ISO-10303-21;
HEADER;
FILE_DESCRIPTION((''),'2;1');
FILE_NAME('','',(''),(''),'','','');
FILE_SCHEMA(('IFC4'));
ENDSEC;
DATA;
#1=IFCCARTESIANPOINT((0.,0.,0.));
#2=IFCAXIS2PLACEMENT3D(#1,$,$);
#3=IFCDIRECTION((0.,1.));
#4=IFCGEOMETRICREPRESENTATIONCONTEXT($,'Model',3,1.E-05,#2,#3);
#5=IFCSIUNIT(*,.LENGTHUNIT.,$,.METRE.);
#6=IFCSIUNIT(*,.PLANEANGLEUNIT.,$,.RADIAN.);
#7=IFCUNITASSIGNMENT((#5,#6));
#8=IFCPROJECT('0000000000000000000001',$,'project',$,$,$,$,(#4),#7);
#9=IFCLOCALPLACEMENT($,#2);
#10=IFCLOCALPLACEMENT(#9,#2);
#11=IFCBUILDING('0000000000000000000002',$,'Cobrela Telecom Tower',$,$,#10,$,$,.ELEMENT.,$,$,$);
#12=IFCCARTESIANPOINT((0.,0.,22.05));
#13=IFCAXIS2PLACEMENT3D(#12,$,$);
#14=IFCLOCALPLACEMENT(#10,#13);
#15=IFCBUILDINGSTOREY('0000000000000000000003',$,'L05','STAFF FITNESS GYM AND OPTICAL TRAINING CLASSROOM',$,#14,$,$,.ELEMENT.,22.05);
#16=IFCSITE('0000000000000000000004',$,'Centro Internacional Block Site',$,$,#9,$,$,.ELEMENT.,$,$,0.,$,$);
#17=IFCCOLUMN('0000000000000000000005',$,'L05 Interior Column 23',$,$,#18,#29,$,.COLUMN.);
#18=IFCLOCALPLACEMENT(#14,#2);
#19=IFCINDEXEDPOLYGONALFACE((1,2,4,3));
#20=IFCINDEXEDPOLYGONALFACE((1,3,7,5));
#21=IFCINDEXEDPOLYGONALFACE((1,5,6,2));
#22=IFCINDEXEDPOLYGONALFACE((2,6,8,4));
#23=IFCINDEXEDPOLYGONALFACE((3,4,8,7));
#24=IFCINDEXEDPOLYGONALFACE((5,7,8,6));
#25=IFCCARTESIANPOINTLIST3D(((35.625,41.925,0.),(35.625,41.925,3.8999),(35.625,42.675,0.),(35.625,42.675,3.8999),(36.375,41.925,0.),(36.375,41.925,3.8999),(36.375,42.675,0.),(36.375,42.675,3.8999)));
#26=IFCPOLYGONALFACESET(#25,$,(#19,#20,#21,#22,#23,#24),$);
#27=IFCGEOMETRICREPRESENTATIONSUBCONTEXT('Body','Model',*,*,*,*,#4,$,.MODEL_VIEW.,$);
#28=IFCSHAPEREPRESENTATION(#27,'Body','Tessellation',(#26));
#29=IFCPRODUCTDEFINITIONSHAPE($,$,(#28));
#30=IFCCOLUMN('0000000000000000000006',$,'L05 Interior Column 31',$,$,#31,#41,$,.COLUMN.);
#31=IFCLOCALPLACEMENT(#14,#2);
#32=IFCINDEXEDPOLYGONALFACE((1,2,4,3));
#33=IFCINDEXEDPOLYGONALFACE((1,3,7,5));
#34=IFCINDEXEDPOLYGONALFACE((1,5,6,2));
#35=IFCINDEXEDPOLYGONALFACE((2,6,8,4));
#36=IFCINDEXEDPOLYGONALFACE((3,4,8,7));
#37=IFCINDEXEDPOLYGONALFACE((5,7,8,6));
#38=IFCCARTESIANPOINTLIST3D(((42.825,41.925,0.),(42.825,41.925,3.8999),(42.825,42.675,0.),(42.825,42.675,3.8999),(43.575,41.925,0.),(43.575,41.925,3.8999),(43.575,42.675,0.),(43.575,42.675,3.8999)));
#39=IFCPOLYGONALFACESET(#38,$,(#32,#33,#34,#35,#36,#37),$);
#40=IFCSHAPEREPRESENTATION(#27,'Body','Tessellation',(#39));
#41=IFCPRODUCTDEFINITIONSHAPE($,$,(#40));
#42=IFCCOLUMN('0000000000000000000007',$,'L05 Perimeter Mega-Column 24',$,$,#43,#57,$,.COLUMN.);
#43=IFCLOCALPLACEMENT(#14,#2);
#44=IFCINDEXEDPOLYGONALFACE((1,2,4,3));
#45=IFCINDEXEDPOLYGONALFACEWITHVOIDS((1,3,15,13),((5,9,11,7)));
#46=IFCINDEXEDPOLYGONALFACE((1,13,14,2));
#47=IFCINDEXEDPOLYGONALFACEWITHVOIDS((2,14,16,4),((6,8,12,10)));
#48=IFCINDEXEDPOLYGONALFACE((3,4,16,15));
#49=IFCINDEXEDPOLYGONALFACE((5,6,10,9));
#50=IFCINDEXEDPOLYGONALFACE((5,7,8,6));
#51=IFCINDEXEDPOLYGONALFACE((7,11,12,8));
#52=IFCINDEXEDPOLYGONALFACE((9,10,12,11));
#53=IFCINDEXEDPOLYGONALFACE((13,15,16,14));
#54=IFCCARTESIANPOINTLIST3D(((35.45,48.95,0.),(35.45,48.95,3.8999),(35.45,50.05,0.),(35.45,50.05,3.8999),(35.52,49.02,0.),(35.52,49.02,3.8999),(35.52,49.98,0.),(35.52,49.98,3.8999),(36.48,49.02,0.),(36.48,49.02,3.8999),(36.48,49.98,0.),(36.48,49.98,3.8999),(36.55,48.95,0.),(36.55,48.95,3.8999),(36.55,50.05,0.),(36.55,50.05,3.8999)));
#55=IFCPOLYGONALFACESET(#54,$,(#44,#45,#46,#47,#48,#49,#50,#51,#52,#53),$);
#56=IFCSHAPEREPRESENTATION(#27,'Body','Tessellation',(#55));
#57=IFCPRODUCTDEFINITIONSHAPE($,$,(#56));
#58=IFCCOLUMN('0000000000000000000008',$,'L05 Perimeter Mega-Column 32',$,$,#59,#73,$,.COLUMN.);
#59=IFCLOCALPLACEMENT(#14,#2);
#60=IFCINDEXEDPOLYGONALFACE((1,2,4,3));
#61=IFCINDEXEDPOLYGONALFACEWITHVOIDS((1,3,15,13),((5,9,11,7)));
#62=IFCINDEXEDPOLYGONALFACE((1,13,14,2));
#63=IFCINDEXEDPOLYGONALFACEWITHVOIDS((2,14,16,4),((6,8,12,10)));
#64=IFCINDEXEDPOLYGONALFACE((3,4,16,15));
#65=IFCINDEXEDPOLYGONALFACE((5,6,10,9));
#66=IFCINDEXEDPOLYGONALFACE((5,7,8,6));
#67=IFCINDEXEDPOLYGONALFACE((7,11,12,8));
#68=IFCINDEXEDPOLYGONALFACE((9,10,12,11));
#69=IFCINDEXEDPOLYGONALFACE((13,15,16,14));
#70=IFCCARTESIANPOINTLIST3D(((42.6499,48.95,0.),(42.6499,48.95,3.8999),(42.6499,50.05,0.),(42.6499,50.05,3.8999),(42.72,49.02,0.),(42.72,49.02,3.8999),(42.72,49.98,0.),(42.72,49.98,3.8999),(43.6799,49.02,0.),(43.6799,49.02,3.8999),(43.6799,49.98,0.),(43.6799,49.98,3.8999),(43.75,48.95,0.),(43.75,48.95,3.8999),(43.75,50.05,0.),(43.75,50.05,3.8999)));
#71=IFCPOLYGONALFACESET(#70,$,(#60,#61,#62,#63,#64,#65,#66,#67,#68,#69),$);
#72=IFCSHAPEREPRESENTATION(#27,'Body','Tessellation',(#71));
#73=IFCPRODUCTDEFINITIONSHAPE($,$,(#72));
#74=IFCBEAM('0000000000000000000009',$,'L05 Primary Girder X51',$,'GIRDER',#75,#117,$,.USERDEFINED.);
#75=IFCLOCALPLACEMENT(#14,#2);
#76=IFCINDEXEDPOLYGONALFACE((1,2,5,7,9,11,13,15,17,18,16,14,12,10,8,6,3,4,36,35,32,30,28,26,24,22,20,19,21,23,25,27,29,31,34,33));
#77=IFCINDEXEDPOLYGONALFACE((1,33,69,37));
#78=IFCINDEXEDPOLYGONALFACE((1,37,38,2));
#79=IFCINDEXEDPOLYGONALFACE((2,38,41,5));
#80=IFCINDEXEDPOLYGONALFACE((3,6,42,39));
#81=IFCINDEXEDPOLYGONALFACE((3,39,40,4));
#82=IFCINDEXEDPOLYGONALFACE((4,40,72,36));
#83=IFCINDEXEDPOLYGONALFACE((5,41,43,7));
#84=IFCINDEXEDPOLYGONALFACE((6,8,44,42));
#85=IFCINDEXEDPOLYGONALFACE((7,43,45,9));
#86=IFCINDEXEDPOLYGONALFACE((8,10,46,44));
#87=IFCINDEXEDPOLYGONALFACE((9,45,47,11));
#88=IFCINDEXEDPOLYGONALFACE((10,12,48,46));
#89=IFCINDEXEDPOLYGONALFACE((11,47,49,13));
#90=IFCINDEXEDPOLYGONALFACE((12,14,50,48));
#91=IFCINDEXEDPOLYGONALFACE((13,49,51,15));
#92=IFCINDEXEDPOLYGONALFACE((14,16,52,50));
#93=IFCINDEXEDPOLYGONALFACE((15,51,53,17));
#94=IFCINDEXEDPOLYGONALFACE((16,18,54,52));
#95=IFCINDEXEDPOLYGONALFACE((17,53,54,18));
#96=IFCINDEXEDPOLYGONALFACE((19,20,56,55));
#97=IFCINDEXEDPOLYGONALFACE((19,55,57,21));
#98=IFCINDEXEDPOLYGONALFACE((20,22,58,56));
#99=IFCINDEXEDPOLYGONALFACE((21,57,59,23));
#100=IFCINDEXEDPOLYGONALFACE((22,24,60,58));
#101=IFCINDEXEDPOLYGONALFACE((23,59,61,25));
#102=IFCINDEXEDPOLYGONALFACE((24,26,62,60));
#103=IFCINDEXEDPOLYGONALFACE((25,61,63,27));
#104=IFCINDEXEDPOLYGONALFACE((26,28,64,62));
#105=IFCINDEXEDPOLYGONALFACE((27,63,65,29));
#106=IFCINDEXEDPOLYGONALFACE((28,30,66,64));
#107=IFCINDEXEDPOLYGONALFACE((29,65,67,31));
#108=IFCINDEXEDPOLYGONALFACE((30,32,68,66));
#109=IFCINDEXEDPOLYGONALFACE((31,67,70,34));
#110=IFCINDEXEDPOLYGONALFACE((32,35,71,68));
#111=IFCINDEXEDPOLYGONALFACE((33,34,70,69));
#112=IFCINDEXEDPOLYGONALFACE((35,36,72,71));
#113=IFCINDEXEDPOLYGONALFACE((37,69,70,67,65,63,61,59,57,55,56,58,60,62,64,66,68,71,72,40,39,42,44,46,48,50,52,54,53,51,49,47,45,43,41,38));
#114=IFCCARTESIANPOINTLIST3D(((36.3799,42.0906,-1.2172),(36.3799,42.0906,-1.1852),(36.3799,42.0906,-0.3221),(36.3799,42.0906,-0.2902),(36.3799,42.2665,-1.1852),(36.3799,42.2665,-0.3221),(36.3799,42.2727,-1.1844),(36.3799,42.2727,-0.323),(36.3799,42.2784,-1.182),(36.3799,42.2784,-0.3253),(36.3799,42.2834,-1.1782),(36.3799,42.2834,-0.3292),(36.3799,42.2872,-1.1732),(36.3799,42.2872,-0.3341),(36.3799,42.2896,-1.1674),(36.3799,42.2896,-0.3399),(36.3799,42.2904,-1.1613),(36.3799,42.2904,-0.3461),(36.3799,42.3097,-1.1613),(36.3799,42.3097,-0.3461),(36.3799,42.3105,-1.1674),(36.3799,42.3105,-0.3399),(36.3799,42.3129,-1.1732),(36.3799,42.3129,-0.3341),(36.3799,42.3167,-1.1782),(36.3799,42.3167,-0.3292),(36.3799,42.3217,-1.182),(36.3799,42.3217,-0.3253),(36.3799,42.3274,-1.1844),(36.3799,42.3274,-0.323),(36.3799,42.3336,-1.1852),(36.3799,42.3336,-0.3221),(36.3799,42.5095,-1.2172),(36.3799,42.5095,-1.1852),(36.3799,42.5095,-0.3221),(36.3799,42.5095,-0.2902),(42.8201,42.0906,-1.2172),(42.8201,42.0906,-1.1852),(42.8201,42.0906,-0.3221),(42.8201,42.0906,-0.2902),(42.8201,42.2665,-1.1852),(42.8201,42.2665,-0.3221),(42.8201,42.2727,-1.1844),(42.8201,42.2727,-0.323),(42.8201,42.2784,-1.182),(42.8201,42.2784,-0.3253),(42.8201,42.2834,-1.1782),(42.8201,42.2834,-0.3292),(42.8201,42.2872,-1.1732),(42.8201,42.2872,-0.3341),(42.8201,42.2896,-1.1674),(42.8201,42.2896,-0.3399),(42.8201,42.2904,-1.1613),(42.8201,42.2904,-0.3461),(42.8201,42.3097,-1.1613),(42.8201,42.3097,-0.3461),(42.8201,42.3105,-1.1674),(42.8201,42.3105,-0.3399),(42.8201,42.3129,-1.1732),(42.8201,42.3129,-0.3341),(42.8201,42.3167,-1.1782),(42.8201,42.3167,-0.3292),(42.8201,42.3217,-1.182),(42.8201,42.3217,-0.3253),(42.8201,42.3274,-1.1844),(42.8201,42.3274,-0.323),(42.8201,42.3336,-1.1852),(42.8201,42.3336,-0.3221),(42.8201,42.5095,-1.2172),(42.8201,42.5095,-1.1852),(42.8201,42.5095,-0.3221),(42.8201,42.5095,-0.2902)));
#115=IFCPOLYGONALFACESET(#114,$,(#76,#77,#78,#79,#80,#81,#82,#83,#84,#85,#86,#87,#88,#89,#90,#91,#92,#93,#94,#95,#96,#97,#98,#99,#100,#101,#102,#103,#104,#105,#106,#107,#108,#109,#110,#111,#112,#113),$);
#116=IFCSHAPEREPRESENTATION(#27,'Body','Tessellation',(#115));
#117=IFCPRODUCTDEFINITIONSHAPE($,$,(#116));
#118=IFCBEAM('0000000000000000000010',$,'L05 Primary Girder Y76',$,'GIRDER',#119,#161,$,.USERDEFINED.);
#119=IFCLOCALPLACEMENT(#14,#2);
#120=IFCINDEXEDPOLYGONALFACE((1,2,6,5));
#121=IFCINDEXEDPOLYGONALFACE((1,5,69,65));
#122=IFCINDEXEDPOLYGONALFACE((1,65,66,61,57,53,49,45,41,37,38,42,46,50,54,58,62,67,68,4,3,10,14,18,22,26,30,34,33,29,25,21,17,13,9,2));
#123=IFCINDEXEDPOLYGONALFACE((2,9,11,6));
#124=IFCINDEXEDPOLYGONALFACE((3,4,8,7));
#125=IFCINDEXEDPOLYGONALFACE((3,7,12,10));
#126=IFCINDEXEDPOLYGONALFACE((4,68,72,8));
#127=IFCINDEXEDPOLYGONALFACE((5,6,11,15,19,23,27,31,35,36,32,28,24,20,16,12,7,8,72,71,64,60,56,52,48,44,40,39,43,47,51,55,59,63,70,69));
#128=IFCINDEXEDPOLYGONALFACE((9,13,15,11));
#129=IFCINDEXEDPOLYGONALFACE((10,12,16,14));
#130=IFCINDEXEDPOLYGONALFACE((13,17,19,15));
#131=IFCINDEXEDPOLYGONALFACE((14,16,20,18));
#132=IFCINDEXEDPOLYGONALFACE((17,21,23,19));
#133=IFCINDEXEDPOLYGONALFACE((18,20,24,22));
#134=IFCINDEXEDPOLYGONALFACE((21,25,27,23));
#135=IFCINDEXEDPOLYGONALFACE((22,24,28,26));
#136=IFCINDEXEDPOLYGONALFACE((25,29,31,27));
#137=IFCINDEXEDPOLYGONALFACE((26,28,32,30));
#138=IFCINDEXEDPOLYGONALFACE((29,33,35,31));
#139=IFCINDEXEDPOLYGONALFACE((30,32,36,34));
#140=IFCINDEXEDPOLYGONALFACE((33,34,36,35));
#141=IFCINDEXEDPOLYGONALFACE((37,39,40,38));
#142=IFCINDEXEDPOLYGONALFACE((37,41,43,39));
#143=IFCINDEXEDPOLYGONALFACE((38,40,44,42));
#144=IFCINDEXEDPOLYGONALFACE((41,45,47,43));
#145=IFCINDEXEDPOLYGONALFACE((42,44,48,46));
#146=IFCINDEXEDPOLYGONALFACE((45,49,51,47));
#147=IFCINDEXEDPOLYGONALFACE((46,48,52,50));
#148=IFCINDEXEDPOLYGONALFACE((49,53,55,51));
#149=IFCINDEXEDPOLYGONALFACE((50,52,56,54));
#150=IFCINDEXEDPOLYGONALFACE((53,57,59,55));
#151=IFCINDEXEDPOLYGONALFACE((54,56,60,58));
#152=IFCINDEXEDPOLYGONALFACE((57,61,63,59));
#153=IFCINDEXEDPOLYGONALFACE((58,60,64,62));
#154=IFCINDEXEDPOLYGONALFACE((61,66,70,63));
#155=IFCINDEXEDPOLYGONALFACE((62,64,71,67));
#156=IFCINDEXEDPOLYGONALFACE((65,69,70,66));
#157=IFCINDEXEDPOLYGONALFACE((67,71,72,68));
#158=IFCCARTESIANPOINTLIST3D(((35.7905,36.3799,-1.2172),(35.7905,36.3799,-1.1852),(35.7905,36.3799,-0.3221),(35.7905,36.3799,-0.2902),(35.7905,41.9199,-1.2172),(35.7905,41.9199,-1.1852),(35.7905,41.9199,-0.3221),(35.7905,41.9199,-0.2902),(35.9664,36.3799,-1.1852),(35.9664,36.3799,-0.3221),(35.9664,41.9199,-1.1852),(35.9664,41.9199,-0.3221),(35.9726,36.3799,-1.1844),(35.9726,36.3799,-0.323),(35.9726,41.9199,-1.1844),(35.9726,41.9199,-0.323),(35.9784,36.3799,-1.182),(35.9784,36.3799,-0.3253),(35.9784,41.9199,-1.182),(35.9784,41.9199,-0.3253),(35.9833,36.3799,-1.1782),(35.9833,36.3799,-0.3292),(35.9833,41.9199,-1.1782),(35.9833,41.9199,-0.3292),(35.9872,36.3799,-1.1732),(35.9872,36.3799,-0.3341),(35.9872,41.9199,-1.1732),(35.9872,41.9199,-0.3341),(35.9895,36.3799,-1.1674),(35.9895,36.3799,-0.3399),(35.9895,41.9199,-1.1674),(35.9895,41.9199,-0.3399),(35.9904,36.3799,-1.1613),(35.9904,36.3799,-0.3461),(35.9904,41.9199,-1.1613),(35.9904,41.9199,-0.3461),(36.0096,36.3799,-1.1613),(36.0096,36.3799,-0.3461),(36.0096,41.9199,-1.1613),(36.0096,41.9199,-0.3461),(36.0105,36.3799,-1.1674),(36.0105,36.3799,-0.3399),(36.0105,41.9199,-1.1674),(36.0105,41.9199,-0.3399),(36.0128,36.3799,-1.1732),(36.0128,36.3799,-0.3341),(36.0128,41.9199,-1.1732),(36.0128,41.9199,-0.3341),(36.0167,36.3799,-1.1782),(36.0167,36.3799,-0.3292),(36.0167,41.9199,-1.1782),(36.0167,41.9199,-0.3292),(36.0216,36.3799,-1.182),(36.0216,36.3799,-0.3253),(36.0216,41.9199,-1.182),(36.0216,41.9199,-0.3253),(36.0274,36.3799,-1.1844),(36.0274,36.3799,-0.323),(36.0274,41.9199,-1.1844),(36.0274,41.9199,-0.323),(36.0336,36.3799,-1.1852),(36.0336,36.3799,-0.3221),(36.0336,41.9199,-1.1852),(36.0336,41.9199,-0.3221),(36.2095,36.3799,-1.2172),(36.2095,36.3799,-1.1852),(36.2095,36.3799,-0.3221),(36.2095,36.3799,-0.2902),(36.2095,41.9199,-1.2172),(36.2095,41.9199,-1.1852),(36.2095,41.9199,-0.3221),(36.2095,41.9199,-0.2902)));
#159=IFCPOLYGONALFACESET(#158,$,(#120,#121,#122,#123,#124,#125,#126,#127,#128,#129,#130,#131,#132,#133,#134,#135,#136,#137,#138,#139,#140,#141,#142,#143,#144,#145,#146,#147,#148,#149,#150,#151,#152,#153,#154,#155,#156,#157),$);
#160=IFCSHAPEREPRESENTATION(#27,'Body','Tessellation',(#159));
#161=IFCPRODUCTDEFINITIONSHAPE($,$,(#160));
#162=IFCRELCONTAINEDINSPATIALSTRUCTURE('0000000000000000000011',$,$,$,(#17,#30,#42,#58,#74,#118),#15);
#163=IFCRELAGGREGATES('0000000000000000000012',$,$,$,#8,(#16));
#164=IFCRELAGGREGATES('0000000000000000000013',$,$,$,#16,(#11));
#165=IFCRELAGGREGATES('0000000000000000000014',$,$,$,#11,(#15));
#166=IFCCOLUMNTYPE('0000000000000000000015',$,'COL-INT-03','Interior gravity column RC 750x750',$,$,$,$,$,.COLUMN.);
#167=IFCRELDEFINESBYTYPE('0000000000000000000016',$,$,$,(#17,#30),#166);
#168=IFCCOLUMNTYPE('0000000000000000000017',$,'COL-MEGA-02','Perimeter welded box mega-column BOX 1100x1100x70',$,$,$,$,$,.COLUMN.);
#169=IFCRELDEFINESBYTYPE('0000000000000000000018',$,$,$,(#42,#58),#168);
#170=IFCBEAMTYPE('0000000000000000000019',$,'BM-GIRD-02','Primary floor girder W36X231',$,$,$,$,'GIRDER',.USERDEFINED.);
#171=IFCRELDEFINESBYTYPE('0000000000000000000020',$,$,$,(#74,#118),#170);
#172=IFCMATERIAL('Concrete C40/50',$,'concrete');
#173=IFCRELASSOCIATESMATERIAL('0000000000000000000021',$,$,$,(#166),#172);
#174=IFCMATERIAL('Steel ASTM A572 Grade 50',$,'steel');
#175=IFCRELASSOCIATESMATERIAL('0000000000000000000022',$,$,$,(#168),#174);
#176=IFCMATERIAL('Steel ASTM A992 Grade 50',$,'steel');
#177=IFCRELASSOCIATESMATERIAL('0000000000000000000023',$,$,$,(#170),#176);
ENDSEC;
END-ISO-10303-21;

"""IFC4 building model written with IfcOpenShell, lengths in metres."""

from ifc_helpers import new_model, si_unit, direction, frame, origin, origin_2d, place, context, subcontext, project, spatial, rectangle, hollow_rectangle, i_section, extrude, material, material_profile, profile_set, type_object, element, save


model = new_model("IFC4")

# Units and contexts
model_context = context("Model", 3, precision=1e-05, world=origin(), true_north=direction((0.0, 1.0)))
body_context = subcontext(model_context, "Body", "Model", "MODEL_VIEW")
ifc_project = project(units=[si_unit("LENGTHUNIT", "METRE"), si_unit("PLANEANGLEUNIT", "RADIAN")], contexts=[model_context])

# Site, building, storey
site_placement = place(None, origin())
site = spatial("IfcSite", under=ifc_project, at=site_placement, Name="Centro Internacional Block Site", CompositionType="ELEMENT", RefElevation=0.0)
building_placement = place(site_placement, origin())
building = spatial("IfcBuilding", under=site, at=building_placement, Name="Cobrela Telecom Tower", CompositionType="ELEMENT")
storey_placement = place(building_placement, frame((0.0, 0.0, 22.05)))
storey = spatial("IfcBuildingStorey", under=building, at=storey_placement, Name="L05", Description="STAFF FITNESS GYM AND OPTICAL TRAINING CLASSROOM", CompositionType="ELEMENT", Elevation=22.05)

# Columns
ifc_material_1 = material(Name="Concrete C40/50", Category="concrete")
ifc_material_profile_1 = material_profile(ifc_material_1, rectangle(XDim=0.75, YDim=0.75, at=origin_2d()), Name="RC 750x750")
ifc_profile_set_1 = profile_set([ifc_material_profile_1], Name="Concrete C40/50")
column_type_1 = type_object("IfcColumnType", Name="COL-INT-03", Description="Interior gravity column RC 750x750", PredefinedType="COLUMN", material=ifc_profile_set_1)
for number, where, z_axis, x_axis, name in (
    (1, (36.0, 42.3, 0.0), (0.0, 0.0, 1.0), (1.0, 0.0, 0.0), "L05 Interior Column 23"),
    (2, (43.2, 42.3, 0.0), (0.0, 0.0, 1.0), (1.0, 0.0, 0.0), "L05 Interior Column 31"),
):
    element("IfcColumn", number, at=place(storey_placement, frame(where, z_axis=z_axis, x_axis=x_axis)), inside=storey, type_object=column_type_1, Name=name, PredefinedType="COLUMN", context=body_context, shape_type="SweptSolid", body=[
        extrude(rectangle(XDim=0.75, YDim=0.75, at=origin_2d()), origin(), (0.0, 0.0, 1.0), 3.8999),
    ])
ifc_material_2 = material(Name="Steel ASTM A572 Grade 50", Category="steel")
ifc_material_profile_2 = material_profile(ifc_material_2, hollow_rectangle(XDim=1.1001, YDim=1.1001, WallThickness=0.0701, at=origin_2d()), Name="BOX 1100x1100x70")
ifc_profile_set_2 = profile_set([ifc_material_profile_2], Name="Steel ASTM A572 Grade 50")
column_type_2 = type_object("IfcColumnType", Name="COL-MEGA-02", Description="Perimeter welded box mega-column BOX 1100x1100x70", PredefinedType="COLUMN", material=ifc_profile_set_2)
for number, where, z_axis, x_axis, name in (
    (3, (36.0, 49.5, 0.0), (0.0, 0.0, 1.0), (1.0, 0.0, 0.0), "L05 Perimeter Mega-Column 24"),
    (4, (43.2, 49.5, 0.0), (0.0, 0.0, 1.0), (1.0, 0.0, 0.0), "L05 Perimeter Mega-Column 32"),
):
    element("IfcColumn", number, at=place(storey_placement, frame(where, z_axis=z_axis, x_axis=x_axis)), inside=storey, type_object=column_type_2, Name=name, PredefinedType="COLUMN", context=body_context, shape_type="SweptSolid", body=[
        extrude(hollow_rectangle(XDim=1.1001, YDim=1.1001, WallThickness=0.0701, at=origin_2d()), origin(), (0.0, 0.0, 1.0), 3.8999),
    ])

# Beams
ifc_material_3 = material(Name="Steel ASTM A992 Grade 50", Category="steel")
ifc_material_profile_3 = material_profile(ifc_material_3, i_section(OverallWidth=0.4189, OverallDepth=0.927, WebThickness=0.0193, FlangeThickness=0.032, FilletRadius=0.0239, at=origin_2d()), Name="W36X231")
ifc_profile_set_3 = profile_set([ifc_material_profile_3], Name="Steel ASTM A992 Grade 50")
beam_type_1 = type_object("IfcBeamType", Name="BM-GIRD-02", Description="Primary floor girder W36X231", ElementType="GIRDER", PredefinedType="USERDEFINED", material=ifc_profile_set_3)
beam_1_placement = place(storey_placement, frame((36.3799, 42.3, -0.7537), z_axis=(1.0, 0.0, 0.0), x_axis=(0.0, 1.0, 0.0)))
element("IfcBeam", 5, at=beam_1_placement, inside=storey, type_object=beam_type_1, Name="L05 Primary Girder X51", ObjectType="GIRDER", PredefinedType="USERDEFINED", context=body_context, shape_type="SweptSolid", body=[
    extrude(i_section(OverallWidth=0.4189, OverallDepth=0.927, WebThickness=0.0193, FlangeThickness=0.032, FilletRadius=0.0239, at=origin_2d()), origin(), (0.0, 0.0, 1.0), 6.4402),
])
beam_2_placement = place(storey_placement, frame((36.0, 36.3799, -0.7537), z_axis=(0.0, 1.0, 0.0), x_axis=(-1.0, 0.0, 0.0)))
element("IfcBeam", 6, at=beam_2_placement, inside=storey, type_object=beam_type_1, Name="L05 Primary Girder Y76", ObjectType="GIRDER", PredefinedType="USERDEFINED", context=body_context, shape_type="SweptSolid", body=[
    extrude(i_section(OverallWidth=0.4189, OverallDepth=0.927, WebThickness=0.0193, FlangeThickness=0.032, FilletRadius=0.0239, at=origin_2d()), origin(), (0.0, 0.0, 1.0), 5.54),
])

save(model, "model.ifc")
